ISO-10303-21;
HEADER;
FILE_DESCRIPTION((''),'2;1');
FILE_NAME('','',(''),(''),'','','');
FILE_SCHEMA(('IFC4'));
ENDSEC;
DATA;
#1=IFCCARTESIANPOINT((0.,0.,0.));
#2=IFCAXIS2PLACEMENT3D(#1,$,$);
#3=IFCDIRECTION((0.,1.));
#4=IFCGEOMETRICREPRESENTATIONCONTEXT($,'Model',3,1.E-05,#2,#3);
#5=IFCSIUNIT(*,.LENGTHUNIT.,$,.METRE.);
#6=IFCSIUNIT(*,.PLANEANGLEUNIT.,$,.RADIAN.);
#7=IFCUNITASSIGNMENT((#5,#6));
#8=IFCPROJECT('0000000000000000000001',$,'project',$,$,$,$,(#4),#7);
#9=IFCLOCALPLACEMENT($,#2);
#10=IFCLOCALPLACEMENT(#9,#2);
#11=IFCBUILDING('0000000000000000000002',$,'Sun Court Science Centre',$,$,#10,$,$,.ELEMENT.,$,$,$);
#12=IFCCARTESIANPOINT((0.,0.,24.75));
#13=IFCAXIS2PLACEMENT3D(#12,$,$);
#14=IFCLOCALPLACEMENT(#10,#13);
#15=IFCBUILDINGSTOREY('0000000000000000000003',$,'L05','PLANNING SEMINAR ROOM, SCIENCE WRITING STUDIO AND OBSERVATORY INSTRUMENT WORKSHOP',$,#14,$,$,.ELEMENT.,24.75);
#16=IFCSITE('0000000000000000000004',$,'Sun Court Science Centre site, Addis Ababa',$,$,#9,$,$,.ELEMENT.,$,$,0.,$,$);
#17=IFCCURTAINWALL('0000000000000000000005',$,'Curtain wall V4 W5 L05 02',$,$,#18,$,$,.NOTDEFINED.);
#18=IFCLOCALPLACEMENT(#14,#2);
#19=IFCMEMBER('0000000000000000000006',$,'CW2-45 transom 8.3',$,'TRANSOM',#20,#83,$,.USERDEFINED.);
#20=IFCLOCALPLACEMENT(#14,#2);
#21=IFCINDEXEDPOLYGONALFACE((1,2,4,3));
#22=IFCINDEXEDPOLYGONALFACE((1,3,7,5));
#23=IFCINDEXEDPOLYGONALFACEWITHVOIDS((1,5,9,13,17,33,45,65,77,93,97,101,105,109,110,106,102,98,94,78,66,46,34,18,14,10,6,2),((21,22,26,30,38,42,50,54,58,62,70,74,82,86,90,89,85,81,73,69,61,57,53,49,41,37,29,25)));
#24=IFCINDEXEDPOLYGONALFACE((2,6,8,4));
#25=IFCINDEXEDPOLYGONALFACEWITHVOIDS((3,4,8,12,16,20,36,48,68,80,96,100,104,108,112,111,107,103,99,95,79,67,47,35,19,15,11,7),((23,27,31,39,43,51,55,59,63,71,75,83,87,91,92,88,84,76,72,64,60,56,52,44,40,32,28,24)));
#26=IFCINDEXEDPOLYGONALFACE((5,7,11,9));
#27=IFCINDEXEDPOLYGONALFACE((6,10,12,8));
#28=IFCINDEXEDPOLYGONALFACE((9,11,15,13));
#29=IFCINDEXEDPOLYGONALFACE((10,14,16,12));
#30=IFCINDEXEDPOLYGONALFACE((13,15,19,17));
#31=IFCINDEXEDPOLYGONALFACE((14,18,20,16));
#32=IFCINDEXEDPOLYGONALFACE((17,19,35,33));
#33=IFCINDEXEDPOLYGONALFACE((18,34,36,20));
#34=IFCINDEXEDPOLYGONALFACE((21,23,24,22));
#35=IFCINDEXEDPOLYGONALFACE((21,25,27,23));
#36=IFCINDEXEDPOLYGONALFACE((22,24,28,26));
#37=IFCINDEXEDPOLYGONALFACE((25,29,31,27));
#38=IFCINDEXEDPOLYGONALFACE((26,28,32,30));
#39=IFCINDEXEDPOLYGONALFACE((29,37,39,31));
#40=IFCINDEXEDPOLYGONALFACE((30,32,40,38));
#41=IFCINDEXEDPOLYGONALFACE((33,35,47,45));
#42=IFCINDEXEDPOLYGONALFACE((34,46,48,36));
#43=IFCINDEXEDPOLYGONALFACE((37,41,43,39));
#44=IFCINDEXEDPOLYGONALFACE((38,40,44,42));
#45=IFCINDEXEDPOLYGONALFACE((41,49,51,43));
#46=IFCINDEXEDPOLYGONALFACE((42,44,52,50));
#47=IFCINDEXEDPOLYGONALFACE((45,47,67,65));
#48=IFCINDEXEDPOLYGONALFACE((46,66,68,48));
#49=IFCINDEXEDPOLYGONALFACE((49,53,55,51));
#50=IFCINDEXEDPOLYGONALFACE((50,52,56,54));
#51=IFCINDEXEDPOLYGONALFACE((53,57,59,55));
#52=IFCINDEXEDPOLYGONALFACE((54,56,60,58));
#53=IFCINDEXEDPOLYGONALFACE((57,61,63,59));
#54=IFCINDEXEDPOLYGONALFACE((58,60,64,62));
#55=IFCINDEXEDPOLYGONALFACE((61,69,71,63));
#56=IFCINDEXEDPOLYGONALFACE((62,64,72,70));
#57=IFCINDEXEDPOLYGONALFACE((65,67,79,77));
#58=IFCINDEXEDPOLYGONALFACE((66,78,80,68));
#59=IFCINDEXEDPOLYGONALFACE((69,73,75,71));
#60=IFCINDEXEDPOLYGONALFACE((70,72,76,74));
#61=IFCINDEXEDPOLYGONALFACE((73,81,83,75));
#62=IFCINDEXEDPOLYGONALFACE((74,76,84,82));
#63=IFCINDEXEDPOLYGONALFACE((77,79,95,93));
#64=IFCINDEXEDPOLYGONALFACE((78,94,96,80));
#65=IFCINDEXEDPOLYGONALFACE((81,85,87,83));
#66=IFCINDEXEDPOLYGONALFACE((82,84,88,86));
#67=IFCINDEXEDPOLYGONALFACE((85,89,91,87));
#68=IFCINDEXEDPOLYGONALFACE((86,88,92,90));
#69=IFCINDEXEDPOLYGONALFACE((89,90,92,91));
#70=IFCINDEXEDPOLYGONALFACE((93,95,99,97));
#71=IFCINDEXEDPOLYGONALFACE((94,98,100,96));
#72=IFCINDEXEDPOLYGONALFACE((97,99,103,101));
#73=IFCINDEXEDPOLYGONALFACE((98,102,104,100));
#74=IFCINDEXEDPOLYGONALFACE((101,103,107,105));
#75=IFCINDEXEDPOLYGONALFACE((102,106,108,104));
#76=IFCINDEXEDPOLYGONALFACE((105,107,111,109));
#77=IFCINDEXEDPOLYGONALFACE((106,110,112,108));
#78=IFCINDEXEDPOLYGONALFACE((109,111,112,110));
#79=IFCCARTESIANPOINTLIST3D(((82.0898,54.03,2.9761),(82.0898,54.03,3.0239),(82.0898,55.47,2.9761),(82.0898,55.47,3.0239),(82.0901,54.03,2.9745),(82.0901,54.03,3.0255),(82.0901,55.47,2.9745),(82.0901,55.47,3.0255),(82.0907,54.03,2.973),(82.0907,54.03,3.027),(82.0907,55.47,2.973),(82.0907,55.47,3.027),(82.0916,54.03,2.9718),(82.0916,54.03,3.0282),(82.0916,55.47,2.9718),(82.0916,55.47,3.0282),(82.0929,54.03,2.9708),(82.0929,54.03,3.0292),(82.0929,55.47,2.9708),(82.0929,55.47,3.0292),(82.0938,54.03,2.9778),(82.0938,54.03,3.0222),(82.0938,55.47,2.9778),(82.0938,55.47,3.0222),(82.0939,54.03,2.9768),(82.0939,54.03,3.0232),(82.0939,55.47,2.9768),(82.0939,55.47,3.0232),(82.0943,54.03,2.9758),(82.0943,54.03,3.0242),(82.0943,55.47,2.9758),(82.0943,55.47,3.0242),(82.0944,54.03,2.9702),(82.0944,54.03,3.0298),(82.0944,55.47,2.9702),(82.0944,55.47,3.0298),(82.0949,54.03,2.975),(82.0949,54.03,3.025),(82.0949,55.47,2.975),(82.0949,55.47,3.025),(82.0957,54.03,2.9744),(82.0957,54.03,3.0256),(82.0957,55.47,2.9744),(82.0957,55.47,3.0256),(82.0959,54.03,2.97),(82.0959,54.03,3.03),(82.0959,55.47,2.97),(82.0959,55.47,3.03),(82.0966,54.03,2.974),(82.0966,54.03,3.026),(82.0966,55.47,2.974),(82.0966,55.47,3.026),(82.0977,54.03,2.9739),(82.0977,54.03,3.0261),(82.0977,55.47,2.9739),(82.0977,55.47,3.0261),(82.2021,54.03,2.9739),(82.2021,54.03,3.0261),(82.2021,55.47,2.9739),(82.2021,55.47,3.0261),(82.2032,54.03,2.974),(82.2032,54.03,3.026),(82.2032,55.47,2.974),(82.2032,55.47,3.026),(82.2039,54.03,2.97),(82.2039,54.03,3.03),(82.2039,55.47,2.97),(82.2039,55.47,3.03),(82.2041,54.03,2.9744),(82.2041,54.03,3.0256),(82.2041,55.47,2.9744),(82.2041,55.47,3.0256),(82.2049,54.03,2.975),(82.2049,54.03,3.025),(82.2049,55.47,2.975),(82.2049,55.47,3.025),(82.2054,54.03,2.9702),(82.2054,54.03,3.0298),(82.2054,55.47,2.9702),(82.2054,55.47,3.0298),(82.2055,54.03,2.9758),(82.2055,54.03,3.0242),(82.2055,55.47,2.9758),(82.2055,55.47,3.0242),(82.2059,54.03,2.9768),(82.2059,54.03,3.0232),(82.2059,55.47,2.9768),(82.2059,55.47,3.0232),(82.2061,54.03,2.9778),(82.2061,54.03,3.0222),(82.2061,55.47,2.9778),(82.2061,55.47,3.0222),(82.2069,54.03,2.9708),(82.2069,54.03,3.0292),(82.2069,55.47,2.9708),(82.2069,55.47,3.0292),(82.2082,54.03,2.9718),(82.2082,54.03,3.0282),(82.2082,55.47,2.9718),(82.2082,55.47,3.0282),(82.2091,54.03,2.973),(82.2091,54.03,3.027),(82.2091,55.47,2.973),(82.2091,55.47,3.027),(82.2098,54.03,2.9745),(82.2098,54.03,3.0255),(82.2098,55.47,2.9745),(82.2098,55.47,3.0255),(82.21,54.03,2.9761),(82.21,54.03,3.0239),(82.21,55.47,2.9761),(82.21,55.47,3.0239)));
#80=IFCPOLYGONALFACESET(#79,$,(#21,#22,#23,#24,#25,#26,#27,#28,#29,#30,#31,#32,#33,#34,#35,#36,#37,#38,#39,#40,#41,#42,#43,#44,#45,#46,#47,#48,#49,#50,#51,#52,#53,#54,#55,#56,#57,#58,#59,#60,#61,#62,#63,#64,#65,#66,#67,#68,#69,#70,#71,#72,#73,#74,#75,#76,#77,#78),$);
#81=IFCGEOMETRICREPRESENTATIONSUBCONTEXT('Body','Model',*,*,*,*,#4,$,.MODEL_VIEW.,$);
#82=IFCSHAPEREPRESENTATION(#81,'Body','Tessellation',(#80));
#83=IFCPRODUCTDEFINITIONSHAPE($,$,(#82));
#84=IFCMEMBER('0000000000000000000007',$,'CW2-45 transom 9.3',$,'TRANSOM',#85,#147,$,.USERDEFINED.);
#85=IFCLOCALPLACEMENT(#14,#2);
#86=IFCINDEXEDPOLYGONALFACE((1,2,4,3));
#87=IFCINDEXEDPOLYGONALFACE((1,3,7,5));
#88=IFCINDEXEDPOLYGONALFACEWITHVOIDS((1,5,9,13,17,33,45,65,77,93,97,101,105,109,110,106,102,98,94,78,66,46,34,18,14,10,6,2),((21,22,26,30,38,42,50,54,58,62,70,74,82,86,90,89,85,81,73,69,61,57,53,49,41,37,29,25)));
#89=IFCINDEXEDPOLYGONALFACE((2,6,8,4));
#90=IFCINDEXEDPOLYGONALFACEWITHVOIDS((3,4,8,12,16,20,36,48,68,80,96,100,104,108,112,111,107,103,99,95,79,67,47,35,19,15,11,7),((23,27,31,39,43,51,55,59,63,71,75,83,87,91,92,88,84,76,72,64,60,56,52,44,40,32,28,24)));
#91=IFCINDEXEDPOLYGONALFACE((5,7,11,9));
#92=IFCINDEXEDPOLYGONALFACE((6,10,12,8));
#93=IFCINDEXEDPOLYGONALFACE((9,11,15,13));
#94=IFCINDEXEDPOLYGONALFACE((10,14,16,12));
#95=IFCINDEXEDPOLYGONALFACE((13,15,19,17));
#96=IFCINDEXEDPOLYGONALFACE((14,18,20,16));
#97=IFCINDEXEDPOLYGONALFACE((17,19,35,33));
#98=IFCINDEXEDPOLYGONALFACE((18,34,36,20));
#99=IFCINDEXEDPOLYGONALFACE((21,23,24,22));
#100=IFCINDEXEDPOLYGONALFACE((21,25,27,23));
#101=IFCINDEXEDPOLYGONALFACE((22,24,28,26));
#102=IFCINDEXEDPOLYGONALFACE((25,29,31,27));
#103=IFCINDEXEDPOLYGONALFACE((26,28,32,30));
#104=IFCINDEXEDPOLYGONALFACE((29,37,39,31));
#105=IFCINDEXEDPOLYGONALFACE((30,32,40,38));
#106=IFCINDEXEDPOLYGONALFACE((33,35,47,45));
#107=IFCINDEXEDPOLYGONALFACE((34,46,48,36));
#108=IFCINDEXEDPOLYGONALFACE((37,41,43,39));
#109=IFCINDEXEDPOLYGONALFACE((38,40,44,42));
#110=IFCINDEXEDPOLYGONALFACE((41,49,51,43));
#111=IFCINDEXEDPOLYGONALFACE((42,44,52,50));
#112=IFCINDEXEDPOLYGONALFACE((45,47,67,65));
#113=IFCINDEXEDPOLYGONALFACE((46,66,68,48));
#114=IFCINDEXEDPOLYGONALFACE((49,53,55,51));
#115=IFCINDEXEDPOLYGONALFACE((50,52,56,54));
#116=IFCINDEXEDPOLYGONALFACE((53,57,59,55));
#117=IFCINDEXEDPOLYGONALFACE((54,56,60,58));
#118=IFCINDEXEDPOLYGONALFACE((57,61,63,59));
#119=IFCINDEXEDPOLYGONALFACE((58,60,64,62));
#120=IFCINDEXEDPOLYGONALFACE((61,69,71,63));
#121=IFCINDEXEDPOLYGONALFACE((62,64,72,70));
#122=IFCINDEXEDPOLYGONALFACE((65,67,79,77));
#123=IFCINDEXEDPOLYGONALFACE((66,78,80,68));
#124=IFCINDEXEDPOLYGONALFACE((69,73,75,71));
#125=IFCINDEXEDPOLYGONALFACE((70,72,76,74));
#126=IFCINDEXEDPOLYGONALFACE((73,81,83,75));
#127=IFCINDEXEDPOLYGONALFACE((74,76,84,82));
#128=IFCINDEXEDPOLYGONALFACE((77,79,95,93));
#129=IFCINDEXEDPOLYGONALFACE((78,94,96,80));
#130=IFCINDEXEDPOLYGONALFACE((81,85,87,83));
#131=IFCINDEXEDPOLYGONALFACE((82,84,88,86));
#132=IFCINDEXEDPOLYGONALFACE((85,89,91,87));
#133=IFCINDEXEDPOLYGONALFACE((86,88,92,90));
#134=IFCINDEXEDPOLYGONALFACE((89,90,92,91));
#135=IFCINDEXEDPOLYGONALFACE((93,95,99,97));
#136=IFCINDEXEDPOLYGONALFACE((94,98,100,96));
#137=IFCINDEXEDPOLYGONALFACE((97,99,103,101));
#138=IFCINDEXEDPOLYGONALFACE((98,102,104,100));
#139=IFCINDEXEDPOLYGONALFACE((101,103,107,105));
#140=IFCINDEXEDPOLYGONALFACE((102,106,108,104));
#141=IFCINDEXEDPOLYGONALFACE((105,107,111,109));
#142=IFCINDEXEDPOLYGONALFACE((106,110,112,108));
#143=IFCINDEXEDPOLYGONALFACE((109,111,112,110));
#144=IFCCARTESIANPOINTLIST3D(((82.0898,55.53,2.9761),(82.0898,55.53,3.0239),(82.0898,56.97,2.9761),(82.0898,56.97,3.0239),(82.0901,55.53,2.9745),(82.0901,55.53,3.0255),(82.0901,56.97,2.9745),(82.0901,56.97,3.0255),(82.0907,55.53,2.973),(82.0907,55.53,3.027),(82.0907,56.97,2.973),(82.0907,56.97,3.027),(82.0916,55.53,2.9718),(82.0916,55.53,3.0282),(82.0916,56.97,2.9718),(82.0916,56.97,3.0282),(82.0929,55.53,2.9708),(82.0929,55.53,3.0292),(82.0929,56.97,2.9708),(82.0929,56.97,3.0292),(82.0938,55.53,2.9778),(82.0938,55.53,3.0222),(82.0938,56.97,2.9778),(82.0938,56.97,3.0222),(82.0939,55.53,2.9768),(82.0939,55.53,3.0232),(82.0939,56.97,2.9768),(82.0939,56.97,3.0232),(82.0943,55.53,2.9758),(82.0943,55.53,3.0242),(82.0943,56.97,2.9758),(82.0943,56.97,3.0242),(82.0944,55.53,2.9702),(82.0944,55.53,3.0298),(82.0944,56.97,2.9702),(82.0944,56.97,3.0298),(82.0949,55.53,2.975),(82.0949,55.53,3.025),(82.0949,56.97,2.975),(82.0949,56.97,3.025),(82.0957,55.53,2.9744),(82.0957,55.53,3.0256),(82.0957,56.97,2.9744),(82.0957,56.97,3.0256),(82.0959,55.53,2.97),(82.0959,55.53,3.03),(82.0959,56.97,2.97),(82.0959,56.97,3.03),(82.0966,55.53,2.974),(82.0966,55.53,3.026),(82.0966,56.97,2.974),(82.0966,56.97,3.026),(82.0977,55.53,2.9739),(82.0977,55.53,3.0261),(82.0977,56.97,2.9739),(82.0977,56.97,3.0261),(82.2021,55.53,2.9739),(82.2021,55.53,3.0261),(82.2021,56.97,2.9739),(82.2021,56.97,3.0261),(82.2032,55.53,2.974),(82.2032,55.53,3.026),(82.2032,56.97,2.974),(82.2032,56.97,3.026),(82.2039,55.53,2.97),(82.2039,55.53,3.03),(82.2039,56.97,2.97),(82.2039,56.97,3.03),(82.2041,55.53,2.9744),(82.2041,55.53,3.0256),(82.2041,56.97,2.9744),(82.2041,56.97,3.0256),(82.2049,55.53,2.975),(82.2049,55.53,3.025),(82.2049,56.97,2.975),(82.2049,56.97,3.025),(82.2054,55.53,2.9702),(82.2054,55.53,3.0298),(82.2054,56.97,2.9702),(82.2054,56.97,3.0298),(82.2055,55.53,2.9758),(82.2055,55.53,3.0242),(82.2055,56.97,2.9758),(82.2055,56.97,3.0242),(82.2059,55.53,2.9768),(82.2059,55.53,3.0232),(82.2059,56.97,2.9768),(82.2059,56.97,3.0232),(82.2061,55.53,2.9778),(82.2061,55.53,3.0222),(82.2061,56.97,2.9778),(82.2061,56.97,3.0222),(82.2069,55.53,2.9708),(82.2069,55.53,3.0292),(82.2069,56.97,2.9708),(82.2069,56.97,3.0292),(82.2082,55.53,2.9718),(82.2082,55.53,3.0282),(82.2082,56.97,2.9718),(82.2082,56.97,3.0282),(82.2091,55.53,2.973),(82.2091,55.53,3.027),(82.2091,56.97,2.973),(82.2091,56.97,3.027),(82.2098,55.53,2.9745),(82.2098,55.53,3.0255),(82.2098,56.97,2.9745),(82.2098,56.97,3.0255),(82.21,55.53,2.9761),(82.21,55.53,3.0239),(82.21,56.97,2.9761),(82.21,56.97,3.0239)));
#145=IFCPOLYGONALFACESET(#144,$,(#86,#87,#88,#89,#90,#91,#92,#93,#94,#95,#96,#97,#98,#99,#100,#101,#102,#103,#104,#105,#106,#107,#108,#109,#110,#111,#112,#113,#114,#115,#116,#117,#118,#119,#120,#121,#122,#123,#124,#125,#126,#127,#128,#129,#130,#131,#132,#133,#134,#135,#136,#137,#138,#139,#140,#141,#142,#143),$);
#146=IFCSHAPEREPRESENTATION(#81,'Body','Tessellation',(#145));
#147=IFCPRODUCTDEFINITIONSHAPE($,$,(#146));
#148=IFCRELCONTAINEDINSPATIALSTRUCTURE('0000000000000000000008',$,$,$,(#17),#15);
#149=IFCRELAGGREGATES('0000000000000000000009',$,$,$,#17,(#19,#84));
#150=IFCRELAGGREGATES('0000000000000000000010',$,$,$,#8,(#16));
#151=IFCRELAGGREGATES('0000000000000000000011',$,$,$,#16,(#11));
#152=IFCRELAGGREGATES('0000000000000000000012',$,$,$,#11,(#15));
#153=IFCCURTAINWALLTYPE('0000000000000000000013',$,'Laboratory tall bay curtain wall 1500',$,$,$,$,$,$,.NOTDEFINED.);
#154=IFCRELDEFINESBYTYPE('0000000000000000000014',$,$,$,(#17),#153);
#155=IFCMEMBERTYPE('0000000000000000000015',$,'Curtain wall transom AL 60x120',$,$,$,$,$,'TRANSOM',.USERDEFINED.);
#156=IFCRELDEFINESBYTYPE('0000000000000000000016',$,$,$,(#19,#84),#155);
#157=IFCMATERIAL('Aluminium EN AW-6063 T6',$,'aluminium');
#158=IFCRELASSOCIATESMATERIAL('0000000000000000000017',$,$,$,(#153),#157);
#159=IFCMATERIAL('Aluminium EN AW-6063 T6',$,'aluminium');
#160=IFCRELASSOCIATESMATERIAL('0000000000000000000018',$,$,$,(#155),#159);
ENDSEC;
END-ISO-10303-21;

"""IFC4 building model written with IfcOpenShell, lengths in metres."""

from ifc_helpers import new_model, si_unit, direction, frame, origin, origin_2d, place, context, subcontext, project, spatial, hollow_rectangle, extrude, material, material_profile, profile_set, type_object, element, aggregate, save


model = new_model("IFC4")

# Units and contexts
model_context = context("Model", 3, precision=1e-05, world=origin(), true_north=direction((0.0, 1.0)))
body_context = subcontext(model_context, "Body", "Model", "MODEL_VIEW")
ifc_project = project(units=[si_unit("LENGTHUNIT", "METRE"), si_unit("PLANEANGLEUNIT", "RADIAN")], contexts=[model_context])

# Site, building, storey
site_placement = place(None, origin())
site = spatial("IfcSite", under=ifc_project, at=site_placement, Name="Sun Court Science Centre site, Addis Ababa", CompositionType="ELEMENT", RefElevation=0.0)
building_placement = place(site_placement, origin())
building = spatial("IfcBuilding", under=site, at=building_placement, Name="Sun Court Science Centre", CompositionType="ELEMENT")
storey_placement = place(building_placement, frame((0.0, 0.0, 24.75)))
storey = spatial("IfcBuildingStorey", under=building, at=storey_placement, Name="L05", Description="PLANNING SEMINAR ROOM, SCIENCE WRITING STUDIO AND OBSERVATORY INSTRUMENT WORKSHOP", CompositionType="ELEMENT", Elevation=24.75)

# Curtain wall, members
ifc_material_1 = material(Name="Aluminium EN AW-6063 T6", Category="aluminium")
curtain_wall_type = type_object("IfcCurtainWallType", Name="Laboratory tall bay curtain wall 1500", PredefinedType="NOTDEFINED", material=ifc_material_1)
curtain_wall_placement = place(storey_placement, origin())
curtain_wall = element("IfcCurtainWall", 1, at=curtain_wall_placement, inside=storey, type_object=curtain_wall_type, Name="Curtain wall V4 W5 L05 02", PredefinedType="NOTDEFINED")
ifc_material_2 = material(Name="Aluminium EN AW-6063 T6", Category="aluminium")
ifc_material_profile_1 = material_profile(ifc_material_2, hollow_rectangle(XDim=0.0601, YDim=0.1201, WallThickness=0.0039, InnerFilletRadius=0.0039, OuterFilletRadius=0.0061, at=origin_2d()), Name="AL 60x120x4")
ifc_profile_set_1 = profile_set([ifc_material_profile_1], Name="Aluminium EN AW-6063 T6")
member_type_1 = type_object("IfcMemberType", Name="Curtain wall transom AL 60x120", ElementType="TRANSOM", PredefinedType="USERDEFINED", material=ifc_profile_set_1)
member_1_placement = place(storey_placement, frame((82.1499, 54.03, 3.0), z_axis=(0.0, 1.0, 0.0), x_axis=(0.0, 0.0, 1.0)))
member_1 = element("IfcMember", 2, at=member_1_placement, type_object=member_type_1, Name="CW2-45 transom 8.3", ObjectType="TRANSOM", PredefinedType="USERDEFINED", context=body_context, shape_type="SweptSolid", body=[
    extrude(hollow_rectangle(XDim=0.0601, YDim=0.1201, WallThickness=0.0039, InnerFilletRadius=0.0039, OuterFilletRadius=0.0061, at=origin_2d()), origin(), (0.0, 0.0, 1.0), 1.4399),
])
member_2_placement = place(storey_placement, frame((82.1499, 55.53, 3.0), z_axis=(0.0, 1.0, 0.0), x_axis=(0.0, 0.0, 1.0)))
member_2 = element("IfcMember", 3, at=member_2_placement, type_object=member_type_1, Name="CW2-45 transom 9.3", ObjectType="TRANSOM", PredefinedType="USERDEFINED", context=body_context, shape_type="SweptSolid", body=[
    extrude(hollow_rectangle(XDim=0.0601, YDim=0.1201, WallThickness=0.0039, InnerFilletRadius=0.0039, OuterFilletRadius=0.0061, at=origin_2d()), origin(), (0.0, 0.0, 1.0), 1.4399),
])

aggregate(curtain_wall, [member_1, member_2])

save(model, "model.ifc")
